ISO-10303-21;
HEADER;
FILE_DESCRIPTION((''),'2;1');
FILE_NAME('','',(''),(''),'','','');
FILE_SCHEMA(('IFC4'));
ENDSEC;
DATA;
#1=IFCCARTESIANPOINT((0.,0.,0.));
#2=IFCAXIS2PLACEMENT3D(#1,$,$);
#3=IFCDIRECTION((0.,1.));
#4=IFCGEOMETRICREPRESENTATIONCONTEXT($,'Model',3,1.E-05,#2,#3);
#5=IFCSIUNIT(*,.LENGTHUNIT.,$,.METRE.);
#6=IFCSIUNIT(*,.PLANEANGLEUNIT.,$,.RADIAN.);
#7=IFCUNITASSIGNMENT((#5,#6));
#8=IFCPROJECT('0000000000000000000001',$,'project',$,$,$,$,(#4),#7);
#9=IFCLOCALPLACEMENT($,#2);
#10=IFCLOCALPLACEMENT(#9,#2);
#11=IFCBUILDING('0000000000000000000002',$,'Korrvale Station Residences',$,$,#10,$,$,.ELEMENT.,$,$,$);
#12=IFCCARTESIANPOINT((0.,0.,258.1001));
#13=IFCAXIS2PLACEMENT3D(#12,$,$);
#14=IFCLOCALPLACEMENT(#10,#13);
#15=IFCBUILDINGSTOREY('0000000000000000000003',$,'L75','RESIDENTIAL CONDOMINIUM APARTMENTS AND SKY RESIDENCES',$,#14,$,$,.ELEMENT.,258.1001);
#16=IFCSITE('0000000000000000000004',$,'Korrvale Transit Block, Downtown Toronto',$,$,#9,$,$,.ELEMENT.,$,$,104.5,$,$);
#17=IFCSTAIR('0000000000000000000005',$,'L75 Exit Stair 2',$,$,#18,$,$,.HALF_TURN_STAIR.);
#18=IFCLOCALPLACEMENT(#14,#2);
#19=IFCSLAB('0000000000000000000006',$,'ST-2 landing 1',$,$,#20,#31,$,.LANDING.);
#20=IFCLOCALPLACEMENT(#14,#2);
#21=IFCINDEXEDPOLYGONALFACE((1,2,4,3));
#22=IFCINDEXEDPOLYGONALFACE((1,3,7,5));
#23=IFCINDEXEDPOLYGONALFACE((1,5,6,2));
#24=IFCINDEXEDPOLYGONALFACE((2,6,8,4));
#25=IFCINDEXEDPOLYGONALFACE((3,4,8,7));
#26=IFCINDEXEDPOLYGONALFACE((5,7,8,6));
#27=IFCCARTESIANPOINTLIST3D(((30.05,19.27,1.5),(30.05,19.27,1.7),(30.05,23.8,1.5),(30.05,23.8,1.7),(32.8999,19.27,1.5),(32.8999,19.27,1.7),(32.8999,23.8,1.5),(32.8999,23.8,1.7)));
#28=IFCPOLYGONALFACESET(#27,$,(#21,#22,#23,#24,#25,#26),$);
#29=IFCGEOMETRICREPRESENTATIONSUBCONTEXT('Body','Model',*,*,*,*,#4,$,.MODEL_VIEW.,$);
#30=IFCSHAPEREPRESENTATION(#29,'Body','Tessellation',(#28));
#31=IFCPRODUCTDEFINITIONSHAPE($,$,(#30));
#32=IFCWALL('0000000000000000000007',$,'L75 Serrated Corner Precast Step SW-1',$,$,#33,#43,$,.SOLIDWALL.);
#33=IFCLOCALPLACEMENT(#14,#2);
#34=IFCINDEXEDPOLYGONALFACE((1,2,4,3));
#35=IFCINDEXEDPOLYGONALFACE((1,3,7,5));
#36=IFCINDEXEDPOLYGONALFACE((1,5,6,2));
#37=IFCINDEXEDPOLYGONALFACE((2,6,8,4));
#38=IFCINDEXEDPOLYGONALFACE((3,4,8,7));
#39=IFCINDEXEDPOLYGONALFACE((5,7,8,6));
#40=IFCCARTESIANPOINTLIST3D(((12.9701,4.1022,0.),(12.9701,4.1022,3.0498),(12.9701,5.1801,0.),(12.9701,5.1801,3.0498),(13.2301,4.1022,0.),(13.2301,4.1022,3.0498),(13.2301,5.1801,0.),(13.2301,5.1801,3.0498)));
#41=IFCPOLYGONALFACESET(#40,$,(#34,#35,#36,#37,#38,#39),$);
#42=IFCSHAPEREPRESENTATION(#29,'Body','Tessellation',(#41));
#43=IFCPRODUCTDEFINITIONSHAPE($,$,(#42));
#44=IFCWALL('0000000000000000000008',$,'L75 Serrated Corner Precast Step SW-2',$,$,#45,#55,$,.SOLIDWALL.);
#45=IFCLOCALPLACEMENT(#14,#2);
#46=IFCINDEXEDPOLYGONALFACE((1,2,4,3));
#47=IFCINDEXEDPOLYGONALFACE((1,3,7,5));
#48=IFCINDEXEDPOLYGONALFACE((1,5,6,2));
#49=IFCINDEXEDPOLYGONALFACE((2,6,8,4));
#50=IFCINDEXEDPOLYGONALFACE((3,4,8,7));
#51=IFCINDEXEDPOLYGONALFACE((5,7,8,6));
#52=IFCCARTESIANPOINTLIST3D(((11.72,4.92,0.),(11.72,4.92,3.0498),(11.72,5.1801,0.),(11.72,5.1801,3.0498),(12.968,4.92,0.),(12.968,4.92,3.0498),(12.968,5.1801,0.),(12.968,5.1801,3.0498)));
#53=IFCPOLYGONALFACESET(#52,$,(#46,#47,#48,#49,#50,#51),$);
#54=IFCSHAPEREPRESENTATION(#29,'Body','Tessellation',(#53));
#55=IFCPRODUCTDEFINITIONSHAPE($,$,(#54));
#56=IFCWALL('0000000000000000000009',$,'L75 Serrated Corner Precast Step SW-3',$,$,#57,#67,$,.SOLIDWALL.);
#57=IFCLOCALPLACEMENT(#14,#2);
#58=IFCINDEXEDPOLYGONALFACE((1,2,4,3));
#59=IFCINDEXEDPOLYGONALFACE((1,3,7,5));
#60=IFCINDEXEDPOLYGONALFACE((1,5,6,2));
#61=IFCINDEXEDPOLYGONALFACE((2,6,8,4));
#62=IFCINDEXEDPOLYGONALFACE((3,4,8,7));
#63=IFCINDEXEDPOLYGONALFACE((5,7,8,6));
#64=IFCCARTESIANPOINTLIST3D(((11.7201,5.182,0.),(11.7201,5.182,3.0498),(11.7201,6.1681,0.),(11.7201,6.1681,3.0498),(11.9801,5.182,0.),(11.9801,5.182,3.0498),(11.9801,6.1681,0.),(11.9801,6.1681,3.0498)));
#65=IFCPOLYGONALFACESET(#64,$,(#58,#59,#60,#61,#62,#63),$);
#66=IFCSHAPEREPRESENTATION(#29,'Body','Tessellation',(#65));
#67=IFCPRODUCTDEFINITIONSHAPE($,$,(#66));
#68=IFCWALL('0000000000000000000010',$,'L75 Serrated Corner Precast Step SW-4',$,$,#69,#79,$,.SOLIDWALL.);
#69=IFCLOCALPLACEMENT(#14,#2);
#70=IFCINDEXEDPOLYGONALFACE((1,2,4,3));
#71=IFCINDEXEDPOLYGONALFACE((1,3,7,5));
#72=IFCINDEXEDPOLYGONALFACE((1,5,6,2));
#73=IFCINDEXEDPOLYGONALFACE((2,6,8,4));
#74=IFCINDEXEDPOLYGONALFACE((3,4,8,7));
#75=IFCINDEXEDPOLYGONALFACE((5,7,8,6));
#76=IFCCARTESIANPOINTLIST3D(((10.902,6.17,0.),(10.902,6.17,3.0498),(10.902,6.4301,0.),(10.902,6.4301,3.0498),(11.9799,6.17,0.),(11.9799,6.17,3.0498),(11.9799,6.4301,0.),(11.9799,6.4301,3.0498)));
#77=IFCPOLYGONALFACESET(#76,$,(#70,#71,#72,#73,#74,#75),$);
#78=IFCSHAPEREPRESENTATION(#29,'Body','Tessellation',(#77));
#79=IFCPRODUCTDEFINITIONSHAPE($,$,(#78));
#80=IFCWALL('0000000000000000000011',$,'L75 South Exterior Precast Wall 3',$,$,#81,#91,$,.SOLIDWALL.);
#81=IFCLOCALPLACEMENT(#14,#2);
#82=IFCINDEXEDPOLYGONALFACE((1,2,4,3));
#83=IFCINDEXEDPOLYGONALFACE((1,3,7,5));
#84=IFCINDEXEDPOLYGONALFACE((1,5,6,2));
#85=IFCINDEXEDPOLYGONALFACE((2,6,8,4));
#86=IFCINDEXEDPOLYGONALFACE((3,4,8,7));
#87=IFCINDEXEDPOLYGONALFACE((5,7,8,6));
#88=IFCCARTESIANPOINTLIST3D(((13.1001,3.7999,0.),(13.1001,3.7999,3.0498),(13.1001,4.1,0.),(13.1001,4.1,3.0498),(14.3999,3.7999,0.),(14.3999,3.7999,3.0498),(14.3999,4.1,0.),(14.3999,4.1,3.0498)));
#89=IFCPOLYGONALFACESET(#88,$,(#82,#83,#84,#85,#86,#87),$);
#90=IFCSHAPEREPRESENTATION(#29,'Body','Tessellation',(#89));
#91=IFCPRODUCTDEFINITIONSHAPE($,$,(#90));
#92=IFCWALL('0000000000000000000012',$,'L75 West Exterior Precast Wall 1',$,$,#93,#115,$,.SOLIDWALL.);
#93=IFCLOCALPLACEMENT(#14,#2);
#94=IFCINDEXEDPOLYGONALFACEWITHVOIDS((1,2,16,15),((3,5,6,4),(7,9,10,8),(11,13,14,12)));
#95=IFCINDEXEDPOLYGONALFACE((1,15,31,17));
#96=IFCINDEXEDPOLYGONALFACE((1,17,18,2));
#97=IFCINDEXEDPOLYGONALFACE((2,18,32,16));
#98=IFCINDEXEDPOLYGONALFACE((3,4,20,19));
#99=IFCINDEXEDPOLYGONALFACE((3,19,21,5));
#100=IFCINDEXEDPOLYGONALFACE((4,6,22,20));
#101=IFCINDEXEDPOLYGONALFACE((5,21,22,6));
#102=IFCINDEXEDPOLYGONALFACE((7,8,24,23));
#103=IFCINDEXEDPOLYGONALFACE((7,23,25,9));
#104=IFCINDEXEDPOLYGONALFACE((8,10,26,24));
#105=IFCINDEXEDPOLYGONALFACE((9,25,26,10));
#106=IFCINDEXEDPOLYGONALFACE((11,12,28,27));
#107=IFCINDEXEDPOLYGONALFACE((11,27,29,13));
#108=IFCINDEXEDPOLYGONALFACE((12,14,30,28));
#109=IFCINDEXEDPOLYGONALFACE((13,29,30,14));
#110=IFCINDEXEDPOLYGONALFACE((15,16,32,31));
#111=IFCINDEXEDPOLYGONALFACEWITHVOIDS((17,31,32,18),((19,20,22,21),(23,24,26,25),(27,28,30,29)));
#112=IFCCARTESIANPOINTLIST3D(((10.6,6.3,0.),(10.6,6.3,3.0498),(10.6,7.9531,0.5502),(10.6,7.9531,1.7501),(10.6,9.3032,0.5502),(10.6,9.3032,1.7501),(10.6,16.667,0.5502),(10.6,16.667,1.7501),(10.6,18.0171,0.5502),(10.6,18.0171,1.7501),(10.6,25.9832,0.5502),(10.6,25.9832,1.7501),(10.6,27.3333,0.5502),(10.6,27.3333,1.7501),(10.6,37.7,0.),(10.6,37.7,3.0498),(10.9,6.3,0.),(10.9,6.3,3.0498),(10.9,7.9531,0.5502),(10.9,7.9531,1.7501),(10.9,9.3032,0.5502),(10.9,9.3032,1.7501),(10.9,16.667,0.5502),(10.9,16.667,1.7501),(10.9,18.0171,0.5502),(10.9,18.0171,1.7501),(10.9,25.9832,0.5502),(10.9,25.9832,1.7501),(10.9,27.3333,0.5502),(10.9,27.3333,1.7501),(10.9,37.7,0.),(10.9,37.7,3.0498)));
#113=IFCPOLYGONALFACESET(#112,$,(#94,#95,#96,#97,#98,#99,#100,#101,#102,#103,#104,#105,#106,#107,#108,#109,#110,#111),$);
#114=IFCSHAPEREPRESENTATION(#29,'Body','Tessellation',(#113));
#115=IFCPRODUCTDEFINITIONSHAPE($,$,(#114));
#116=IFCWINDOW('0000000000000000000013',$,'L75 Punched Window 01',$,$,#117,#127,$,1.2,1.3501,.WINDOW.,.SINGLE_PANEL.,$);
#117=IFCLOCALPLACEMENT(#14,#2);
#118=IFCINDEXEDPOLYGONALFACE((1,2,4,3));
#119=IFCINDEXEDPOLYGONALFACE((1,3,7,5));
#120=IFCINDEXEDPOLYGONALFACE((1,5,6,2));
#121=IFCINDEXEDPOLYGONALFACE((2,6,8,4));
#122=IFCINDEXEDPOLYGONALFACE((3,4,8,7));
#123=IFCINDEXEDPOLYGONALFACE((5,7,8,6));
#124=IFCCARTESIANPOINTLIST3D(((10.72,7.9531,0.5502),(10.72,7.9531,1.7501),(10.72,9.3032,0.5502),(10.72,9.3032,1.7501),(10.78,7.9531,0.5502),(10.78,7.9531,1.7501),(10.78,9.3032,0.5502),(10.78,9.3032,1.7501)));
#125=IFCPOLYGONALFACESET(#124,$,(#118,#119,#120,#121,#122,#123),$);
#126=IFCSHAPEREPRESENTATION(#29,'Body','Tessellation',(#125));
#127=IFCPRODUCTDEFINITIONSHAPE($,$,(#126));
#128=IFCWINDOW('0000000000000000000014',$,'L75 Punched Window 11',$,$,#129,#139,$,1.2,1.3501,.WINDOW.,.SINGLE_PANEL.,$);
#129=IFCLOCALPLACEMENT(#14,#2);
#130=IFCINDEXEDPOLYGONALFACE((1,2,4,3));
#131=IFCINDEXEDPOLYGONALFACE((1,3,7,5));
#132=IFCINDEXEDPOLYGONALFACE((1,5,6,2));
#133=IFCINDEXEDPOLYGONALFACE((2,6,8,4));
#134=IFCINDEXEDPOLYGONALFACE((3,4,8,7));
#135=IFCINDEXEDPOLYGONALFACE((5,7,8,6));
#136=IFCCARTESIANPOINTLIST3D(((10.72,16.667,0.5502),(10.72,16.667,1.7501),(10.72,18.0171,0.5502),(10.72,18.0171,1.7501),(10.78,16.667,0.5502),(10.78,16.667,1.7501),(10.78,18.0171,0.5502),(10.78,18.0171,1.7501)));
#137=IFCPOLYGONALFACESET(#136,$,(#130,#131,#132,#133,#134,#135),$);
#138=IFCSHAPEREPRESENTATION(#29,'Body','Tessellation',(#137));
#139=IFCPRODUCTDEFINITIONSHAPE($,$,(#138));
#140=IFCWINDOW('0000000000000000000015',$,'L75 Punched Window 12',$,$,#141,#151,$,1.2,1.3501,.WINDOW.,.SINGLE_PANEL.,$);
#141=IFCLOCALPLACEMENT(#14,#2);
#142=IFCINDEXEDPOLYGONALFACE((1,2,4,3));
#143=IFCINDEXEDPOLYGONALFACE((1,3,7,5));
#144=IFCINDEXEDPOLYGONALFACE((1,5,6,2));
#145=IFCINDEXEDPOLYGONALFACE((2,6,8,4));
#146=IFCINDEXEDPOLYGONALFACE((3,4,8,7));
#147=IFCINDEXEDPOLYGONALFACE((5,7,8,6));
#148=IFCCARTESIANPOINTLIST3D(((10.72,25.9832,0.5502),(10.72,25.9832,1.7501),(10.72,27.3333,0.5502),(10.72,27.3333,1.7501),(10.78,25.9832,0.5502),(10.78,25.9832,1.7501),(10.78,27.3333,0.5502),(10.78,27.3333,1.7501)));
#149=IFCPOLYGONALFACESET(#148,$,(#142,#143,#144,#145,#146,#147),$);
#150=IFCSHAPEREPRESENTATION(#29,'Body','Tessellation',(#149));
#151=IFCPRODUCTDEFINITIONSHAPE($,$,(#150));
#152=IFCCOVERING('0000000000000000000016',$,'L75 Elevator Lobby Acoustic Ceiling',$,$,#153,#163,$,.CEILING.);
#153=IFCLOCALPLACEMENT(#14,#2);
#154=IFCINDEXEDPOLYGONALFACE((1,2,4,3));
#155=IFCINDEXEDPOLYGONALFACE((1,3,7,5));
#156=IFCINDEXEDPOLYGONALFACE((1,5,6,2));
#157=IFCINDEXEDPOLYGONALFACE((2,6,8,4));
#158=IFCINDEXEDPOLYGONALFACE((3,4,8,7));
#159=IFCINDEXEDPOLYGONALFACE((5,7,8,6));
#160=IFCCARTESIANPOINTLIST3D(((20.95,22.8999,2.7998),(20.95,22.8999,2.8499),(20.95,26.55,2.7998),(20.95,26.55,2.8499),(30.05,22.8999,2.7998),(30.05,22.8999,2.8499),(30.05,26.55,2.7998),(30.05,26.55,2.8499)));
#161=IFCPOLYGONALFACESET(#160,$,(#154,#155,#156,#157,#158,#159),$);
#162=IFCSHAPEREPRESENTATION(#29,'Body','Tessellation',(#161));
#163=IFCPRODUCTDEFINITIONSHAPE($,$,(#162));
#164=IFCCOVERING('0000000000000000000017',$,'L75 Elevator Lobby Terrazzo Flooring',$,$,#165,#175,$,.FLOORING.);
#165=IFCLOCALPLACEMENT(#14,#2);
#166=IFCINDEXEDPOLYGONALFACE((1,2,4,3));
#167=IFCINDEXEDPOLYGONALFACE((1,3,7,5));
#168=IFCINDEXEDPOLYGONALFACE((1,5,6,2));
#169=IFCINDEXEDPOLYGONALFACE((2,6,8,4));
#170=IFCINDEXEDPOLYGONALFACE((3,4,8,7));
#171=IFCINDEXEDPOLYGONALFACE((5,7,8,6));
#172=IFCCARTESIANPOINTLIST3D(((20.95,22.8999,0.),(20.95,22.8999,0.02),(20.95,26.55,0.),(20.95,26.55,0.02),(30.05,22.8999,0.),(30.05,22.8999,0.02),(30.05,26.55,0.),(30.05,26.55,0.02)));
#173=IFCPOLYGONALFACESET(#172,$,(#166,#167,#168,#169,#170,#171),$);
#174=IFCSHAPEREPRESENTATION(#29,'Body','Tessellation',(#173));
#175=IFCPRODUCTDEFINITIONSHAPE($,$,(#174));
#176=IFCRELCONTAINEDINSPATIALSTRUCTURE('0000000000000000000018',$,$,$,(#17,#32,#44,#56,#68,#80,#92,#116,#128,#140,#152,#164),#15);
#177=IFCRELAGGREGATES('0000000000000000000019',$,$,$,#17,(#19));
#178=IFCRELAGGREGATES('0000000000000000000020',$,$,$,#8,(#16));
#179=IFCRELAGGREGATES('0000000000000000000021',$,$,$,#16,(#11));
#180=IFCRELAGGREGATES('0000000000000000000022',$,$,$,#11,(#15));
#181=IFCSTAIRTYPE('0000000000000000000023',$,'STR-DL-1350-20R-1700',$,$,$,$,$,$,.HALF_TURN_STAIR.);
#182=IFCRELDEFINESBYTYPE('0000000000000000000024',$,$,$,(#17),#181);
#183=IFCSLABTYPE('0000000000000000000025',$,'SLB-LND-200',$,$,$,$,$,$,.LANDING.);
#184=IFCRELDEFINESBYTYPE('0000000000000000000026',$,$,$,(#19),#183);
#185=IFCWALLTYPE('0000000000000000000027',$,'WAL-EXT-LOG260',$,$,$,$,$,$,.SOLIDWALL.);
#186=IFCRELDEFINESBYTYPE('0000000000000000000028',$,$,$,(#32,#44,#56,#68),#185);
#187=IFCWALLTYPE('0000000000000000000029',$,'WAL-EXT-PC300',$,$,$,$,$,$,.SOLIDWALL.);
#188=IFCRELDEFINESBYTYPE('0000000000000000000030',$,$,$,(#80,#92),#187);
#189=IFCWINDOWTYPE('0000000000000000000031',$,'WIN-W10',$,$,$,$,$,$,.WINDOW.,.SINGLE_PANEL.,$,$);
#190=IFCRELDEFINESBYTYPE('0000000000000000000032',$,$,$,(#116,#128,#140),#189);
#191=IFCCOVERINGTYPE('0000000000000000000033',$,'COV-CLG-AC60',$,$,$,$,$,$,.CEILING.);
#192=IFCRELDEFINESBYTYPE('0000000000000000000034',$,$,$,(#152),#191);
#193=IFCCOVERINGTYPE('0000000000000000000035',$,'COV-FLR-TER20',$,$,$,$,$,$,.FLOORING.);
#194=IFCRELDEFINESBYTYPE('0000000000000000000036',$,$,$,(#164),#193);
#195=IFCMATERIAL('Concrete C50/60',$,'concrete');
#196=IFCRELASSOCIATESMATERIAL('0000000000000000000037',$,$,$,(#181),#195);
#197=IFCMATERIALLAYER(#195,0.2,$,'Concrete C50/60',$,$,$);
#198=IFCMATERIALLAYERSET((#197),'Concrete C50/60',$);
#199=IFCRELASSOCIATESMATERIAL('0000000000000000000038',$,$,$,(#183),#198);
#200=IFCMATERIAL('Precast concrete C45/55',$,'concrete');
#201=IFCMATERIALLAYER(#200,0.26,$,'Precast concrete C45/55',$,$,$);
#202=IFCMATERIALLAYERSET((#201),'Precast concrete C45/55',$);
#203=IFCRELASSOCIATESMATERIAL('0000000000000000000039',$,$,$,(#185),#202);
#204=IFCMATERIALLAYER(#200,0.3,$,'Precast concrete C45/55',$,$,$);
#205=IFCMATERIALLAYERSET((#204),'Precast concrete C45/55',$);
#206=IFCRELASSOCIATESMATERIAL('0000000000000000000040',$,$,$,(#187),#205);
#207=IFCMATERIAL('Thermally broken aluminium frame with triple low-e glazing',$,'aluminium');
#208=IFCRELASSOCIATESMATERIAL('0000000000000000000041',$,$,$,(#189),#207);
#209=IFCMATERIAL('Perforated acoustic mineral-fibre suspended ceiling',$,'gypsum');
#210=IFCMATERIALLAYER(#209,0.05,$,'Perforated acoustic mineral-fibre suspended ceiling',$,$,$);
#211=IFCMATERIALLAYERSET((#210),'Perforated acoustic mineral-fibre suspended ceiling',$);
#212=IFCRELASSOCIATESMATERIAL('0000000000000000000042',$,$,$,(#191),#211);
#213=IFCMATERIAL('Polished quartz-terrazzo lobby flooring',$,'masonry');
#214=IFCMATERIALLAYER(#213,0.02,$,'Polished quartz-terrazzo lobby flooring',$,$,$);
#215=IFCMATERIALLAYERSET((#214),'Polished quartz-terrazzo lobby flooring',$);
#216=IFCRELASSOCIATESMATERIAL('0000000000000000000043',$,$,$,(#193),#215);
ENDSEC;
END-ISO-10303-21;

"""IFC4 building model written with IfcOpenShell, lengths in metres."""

from ifc_helpers import new_model, si_unit, direction, frame, frame_2d, origin, place, context, subcontext, project, spatial, polyline, rectangle, outline, extrude, material, layer, layer_set, type_object, element, fill, aggregate, save


model = new_model("IFC4")

# Units and contexts
model_context = context("Model", 3, precision=1e-05, world=origin(), true_north=direction((0.0, 1.0)))
body_context = subcontext(model_context, "Body", "Model", "MODEL_VIEW")
ifc_project = project(units=[si_unit("LENGTHUNIT", "METRE"), si_unit("PLANEANGLEUNIT", "RADIAN")], contexts=[model_context])

# Site, building, storey
site_placement = place(None, origin())
site = spatial("IfcSite", under=ifc_project, at=site_placement, Name="Korrvale Transit Block, Downtown Toronto", CompositionType="ELEMENT", RefElevation=104.5)
building_placement = place(site_placement, origin())
building = spatial("IfcBuilding", under=site, at=building_placement, Name="Korrvale Station Residences", CompositionType="ELEMENT")
storey_placement = place(building_placement, frame((0.0, 0.0, 258.1001)))
storey = spatial("IfcBuildingStorey", under=building, at=storey_placement, Name="L75", Description="RESIDENTIAL CONDOMINIUM APARTMENTS AND SKY RESIDENCES", CompositionType="ELEMENT", Elevation=258.1001)

# Shared definitions
ifc_material_1 = material(Name="Concrete C50/60", Category="concrete")

# Stair, slab
stair_type = type_object("IfcStairType", Name="STR-DL-1350-20R-1700", PredefinedType="HALF_TURN_STAIR", material=ifc_material_1)
ifc_layer_1 = layer(ifc_material_1, 0.2, Name="Concrete C50/60")
ifc_layer_set_1 = layer_set([ifc_layer_1], Name="Concrete C50/60")
slab_type_1 = type_object("IfcSlabType", Name="SLB-LND-200", PredefinedType="LANDING", material=ifc_layer_set_1)
stair_1_placement = place(storey_placement, origin())
stair_1 = element("IfcStair", 1, at=stair_1_placement, inside=storey, type_object=stair_type, Name="L75 Exit Stair 2", PredefinedType="HALF_TURN_STAIR")
slab_1_placement = place(storey_placement, frame((0.0, 0.0, 1.5)))
slab_1 = element("IfcSlab", 2, at=slab_1_placement, type_object=slab_type_1, Name="ST-2 landing 1", PredefinedType="LANDING", context=body_context, shape_type="SweptSolid", body=[
    extrude(outline(polyline([(32.8999, 19.27), (32.8999, 23.8), (30.05, 23.8), (30.05, 19.27), (32.8999, 19.27)])), origin(), (0.0, 0.0, 1.0), 0.2),
])
aggregate(stair_1, [slab_1])

# Walls
ifc_material_2 = material(Name="Precast concrete C45/55", Category="concrete")
ifc_layer_2 = layer(ifc_material_2, 0.26, Name="Precast concrete C45/55")
ifc_layer_set_2 = layer_set([ifc_layer_2], Name="Precast concrete C45/55")
wall_type_1 = type_object("IfcWallType", Name="WAL-EXT-LOG260", PredefinedType="SOLIDWALL", material=ifc_layer_set_2)
wall_1_placement = place(storey_placement, frame((13.1001, 4.1021, 0.0), z_axis=(0.0, 0.0, 1.0), x_axis=(0.0, 1.0, 0.0)))
element("IfcWall", 3, at=wall_1_placement, inside=storey, type_object=wall_type_1, Name="L75 Serrated Corner Precast Step SW-1", PredefinedType="SOLIDWALL", context=body_context, shape_type="SweptSolid", body=[
    extrude(rectangle(XDim=1.0779, YDim=0.26, at=frame_2d((0.5391, 0.0))), origin(), (0.0, 0.0, 1.0), 3.0498),
])
wall_2_placement = place(storey_placement, frame((12.968, 5.05, 0.0), z_axis=(0.0, 0.0, 1.0), x_axis=(-1.0, 0.0, 0.0)))
element("IfcWall", 4, at=wall_2_placement, inside=storey, type_object=wall_type_1, Name="L75 Serrated Corner Precast Step SW-2", PredefinedType="SOLIDWALL", context=body_context, shape_type="SweptSolid", body=[
    extrude(rectangle(XDim=1.248, YDim=0.26, at=frame_2d((0.624, 0.0))), origin(), (0.0, 0.0, 1.0), 3.0498),
])
wall_3_placement = place(storey_placement, frame((11.8501, 5.1819, 0.0), z_axis=(0.0, 0.0, 1.0), x_axis=(0.0, 1.0, 0.0)))
element("IfcWall", 5, at=wall_3_placement, inside=storey, type_object=wall_type_1, Name="L75 Serrated Corner Precast Step SW-3", PredefinedType="SOLIDWALL", context=body_context, shape_type="SweptSolid", body=[
    extrude(rectangle(XDim=0.9861, YDim=0.26, at=frame_2d((0.4932, 0.0))), origin(), (0.0, 0.0, 1.0), 3.0498),
])
wall_4_placement = place(storey_placement, frame((11.98, 6.3, 0.0), z_axis=(0.0, 0.0, 1.0), x_axis=(-1.0, 0.0, 0.0)))
element("IfcWall", 6, at=wall_4_placement, inside=storey, type_object=wall_type_1, Name="L75 Serrated Corner Precast Step SW-4", PredefinedType="SOLIDWALL", context=body_context, shape_type="SweptSolid", body=[
    extrude(rectangle(XDim=1.0779, YDim=0.26, at=frame_2d((0.5391, 0.0))), origin(), (0.0, 0.0, 1.0), 3.0498),
])
ifc_layer_3 = layer(ifc_material_2, 0.3, Name="Precast concrete C45/55")
ifc_layer_set_3 = layer_set([ifc_layer_3], Name="Precast concrete C45/55")
wall_type_2 = type_object("IfcWallType", Name="WAL-EXT-PC300", PredefinedType="SOLIDWALL", material=ifc_layer_set_3)
wall_5_placement = place(storey_placement, frame((14.3999, 3.95, 0.0), z_axis=(0.0, 0.0, 1.0), x_axis=(-1.0, 0.0, 0.0)))
element("IfcWall", 7, at=wall_5_placement, inside=storey, type_object=wall_type_2, Name="L75 South Exterior Precast Wall 3", PredefinedType="SOLIDWALL", context=body_context, shape_type="SweptSolid", body=[
    extrude(rectangle(XDim=1.2998, YDim=0.3, at=frame_2d((0.6499, 0.0))), origin(), (0.0, 0.0, 1.0), 3.0498),
])

# Wall, openings, windows
wall_6_placement = place(storey_placement, frame((10.75, 6.3, 0.0), z_axis=(0.0, 0.0, 1.0), x_axis=(0.0, 1.0, 0.0)))
wall_6 = element("IfcWall", 8, at=wall_6_placement, inside=storey, type_object=wall_type_2, Name="L75 West Exterior Precast Wall 1", PredefinedType="SOLIDWALL", context=body_context, shape_type="SweptSolid", body=[
    extrude(rectangle(XDim=31.3999, YDim=0.3, at=frame_2d((15.7, 0.0))), origin(), (0.0, 0.0, 1.0), 3.0498),
])
opening_1_placement = place(wall_6_placement, frame((1.6531, 0.0, 0.55)))
opening_1 = element("IfcOpeningElement", 9, at=opening_1_placement, cuts=wall_6, PredefinedType="OPENING", context=body_context, shape_type="SweptSolid", body=[
    extrude(rectangle(XDim=1.3501, YDim=1.2, at=frame_2d((0.675, 0.6001))), frame((0.0, 0.1602, 0.0), z_axis=(0.0, -1.0, 0.0), x_axis=(1.0, 0.0, 0.0)), (0.0, 0.0, 1.0), 0.3201),
])
opening_2_placement = place(wall_6_placement, frame((10.3669, 0.0, 0.55)))
opening_2 = element("IfcOpeningElement", 10, at=opening_2_placement, cuts=wall_6, PredefinedType="OPENING", context=body_context, shape_type="SweptSolid", body=[
    extrude(rectangle(XDim=1.3501, YDim=1.2, at=frame_2d((0.675, 0.6001))), frame((0.0, 0.1602, 0.0), z_axis=(0.0, -1.0, 0.0), x_axis=(1.0, 0.0, 0.0)), (0.0, 0.0, 1.0), 0.3201),
])
opening_3_placement = place(wall_6_placement, frame((19.6831, 0.0, 0.55)))
opening_3 = element("IfcOpeningElement", 11, at=opening_3_placement, cuts=wall_6, PredefinedType="OPENING", context=body_context, shape_type="SweptSolid", body=[
    extrude(rectangle(XDim=1.3501, YDim=1.2, at=frame_2d((0.675, 0.6001))), frame((0.0, 0.1602, 0.0), z_axis=(0.0, -1.0, 0.0), x_axis=(1.0, 0.0, 0.0)), (0.0, 0.0, 1.0), 0.3201),
])
ifc_material_3 = material(Name="Thermally broken aluminium frame with triple low-e glazing", Category="aluminium")
window_type = type_object("IfcWindowType", Name="WIN-W10", PartitioningType="SINGLE_PANEL", PredefinedType="WINDOW", material=ifc_material_3)
window_1_placement = place(opening_1_placement, origin())
window_1 = element("IfcWindow", 12, at=window_1_placement, inside=storey, type_object=window_type, Name="L75 Punched Window 01", OverallHeight=1.2, OverallWidth=1.3501, PartitioningType="SINGLE_PANEL", PredefinedType="WINDOW", context=body_context, shape_type="SweptSolid", body=[
    extrude(rectangle(XDim=1.3501, YDim=1.2, at=frame_2d((0.675, 0.6001))), frame((0.0, 0.03, 0.0), z_axis=(0.0, -1.0, 0.0), x_axis=(1.0, 0.0, 0.0)), (0.0, 0.0, 1.0), 0.0601),
])
fill(opening_1, window_1)
window_2_placement = place(opening_2_placement, origin())
window_2 = element("IfcWindow", 13, at=window_2_placement, inside=storey, type_object=window_type, Name="L75 Punched Window 11", OverallHeight=1.2, OverallWidth=1.3501, PartitioningType="SINGLE_PANEL", PredefinedType="WINDOW", context=body_context, shape_type="SweptSolid", body=[
    extrude(rectangle(XDim=1.3501, YDim=1.2, at=frame_2d((0.675, 0.6001))), frame((0.0, 0.03, 0.0), z_axis=(0.0, -1.0, 0.0), x_axis=(1.0, 0.0, 0.0)), (0.0, 0.0, 1.0), 0.0601),
])
fill(opening_2, window_2)
window_3_placement = place(opening_3_placement, origin())
window_3 = element("IfcWindow", 14, at=window_3_placement, inside=storey, type_object=window_type, Name="L75 Punched Window 12", OverallHeight=1.2, OverallWidth=1.3501, PartitioningType="SINGLE_PANEL", PredefinedType="WINDOW", context=body_context, shape_type="SweptSolid", body=[
    extrude(rectangle(XDim=1.3501, YDim=1.2, at=frame_2d((0.675, 0.6001))), frame((0.0, 0.03, 0.0), z_axis=(0.0, -1.0, 0.0), x_axis=(1.0, 0.0, 0.0)), (0.0, 0.0, 1.0), 0.0601),
])
fill(opening_3, window_3)

# Coverings
ifc_material_4 = material(Name="Perforated acoustic mineral-fibre suspended ceiling", Category="gypsum")
ifc_layer_4 = layer(ifc_material_4, 0.05, Name="Perforated acoustic mineral-fibre suspended ceiling")
ifc_layer_set_4 = layer_set([ifc_layer_4], Name="Perforated acoustic mineral-fibre suspended ceiling")
covering_type_1 = type_object("IfcCoveringType", Name="COV-CLG-AC60", PredefinedType="CEILING", material=ifc_layer_set_4)
covering_1_placement = place(storey_placement, frame((0.0, 0.0, 2.7998)))
element("IfcCovering", 15, at=covering_1_placement, inside=storey, type_object=covering_type_1, Name="L75 Elevator Lobby Acoustic Ceiling", PredefinedType="CEILING", context=body_context, shape_type="SweptSolid", body=[
    extrude(outline(polyline([(20.95, 22.8999), (30.05, 22.8999), (30.05, 26.55), (20.95, 26.55), (20.95, 22.8999)])), origin(), (0.0, 0.0, 1.0), 0.05),
])
ifc_material_5 = material(Name="Polished quartz-terrazzo lobby flooring", Category="masonry")
ifc_layer_5 = layer(ifc_material_5, 0.02, Name="Polished quartz-terrazzo lobby flooring")
ifc_layer_set_5 = layer_set([ifc_layer_5], Name="Polished quartz-terrazzo lobby flooring")
covering_type_2 = type_object("IfcCoveringType", Name="COV-FLR-TER20", PredefinedType="FLOORING", material=ifc_layer_set_5)
covering_2_placement = place(storey_placement, origin())
element("IfcCovering", 16, at=covering_2_placement, inside=storey, type_object=covering_type_2, Name="L75 Elevator Lobby Terrazzo Flooring", PredefinedType="FLOORING", context=body_context, shape_type="SweptSolid", body=[
    extrude(outline(polyline([(20.95, 22.8999), (30.05, 22.8999), (30.05, 26.55), (20.95, 26.55), (20.95, 22.8999)])), origin(), (0.0, 0.0, 1.0), 0.02),
])

save(model, "model.ifc")
